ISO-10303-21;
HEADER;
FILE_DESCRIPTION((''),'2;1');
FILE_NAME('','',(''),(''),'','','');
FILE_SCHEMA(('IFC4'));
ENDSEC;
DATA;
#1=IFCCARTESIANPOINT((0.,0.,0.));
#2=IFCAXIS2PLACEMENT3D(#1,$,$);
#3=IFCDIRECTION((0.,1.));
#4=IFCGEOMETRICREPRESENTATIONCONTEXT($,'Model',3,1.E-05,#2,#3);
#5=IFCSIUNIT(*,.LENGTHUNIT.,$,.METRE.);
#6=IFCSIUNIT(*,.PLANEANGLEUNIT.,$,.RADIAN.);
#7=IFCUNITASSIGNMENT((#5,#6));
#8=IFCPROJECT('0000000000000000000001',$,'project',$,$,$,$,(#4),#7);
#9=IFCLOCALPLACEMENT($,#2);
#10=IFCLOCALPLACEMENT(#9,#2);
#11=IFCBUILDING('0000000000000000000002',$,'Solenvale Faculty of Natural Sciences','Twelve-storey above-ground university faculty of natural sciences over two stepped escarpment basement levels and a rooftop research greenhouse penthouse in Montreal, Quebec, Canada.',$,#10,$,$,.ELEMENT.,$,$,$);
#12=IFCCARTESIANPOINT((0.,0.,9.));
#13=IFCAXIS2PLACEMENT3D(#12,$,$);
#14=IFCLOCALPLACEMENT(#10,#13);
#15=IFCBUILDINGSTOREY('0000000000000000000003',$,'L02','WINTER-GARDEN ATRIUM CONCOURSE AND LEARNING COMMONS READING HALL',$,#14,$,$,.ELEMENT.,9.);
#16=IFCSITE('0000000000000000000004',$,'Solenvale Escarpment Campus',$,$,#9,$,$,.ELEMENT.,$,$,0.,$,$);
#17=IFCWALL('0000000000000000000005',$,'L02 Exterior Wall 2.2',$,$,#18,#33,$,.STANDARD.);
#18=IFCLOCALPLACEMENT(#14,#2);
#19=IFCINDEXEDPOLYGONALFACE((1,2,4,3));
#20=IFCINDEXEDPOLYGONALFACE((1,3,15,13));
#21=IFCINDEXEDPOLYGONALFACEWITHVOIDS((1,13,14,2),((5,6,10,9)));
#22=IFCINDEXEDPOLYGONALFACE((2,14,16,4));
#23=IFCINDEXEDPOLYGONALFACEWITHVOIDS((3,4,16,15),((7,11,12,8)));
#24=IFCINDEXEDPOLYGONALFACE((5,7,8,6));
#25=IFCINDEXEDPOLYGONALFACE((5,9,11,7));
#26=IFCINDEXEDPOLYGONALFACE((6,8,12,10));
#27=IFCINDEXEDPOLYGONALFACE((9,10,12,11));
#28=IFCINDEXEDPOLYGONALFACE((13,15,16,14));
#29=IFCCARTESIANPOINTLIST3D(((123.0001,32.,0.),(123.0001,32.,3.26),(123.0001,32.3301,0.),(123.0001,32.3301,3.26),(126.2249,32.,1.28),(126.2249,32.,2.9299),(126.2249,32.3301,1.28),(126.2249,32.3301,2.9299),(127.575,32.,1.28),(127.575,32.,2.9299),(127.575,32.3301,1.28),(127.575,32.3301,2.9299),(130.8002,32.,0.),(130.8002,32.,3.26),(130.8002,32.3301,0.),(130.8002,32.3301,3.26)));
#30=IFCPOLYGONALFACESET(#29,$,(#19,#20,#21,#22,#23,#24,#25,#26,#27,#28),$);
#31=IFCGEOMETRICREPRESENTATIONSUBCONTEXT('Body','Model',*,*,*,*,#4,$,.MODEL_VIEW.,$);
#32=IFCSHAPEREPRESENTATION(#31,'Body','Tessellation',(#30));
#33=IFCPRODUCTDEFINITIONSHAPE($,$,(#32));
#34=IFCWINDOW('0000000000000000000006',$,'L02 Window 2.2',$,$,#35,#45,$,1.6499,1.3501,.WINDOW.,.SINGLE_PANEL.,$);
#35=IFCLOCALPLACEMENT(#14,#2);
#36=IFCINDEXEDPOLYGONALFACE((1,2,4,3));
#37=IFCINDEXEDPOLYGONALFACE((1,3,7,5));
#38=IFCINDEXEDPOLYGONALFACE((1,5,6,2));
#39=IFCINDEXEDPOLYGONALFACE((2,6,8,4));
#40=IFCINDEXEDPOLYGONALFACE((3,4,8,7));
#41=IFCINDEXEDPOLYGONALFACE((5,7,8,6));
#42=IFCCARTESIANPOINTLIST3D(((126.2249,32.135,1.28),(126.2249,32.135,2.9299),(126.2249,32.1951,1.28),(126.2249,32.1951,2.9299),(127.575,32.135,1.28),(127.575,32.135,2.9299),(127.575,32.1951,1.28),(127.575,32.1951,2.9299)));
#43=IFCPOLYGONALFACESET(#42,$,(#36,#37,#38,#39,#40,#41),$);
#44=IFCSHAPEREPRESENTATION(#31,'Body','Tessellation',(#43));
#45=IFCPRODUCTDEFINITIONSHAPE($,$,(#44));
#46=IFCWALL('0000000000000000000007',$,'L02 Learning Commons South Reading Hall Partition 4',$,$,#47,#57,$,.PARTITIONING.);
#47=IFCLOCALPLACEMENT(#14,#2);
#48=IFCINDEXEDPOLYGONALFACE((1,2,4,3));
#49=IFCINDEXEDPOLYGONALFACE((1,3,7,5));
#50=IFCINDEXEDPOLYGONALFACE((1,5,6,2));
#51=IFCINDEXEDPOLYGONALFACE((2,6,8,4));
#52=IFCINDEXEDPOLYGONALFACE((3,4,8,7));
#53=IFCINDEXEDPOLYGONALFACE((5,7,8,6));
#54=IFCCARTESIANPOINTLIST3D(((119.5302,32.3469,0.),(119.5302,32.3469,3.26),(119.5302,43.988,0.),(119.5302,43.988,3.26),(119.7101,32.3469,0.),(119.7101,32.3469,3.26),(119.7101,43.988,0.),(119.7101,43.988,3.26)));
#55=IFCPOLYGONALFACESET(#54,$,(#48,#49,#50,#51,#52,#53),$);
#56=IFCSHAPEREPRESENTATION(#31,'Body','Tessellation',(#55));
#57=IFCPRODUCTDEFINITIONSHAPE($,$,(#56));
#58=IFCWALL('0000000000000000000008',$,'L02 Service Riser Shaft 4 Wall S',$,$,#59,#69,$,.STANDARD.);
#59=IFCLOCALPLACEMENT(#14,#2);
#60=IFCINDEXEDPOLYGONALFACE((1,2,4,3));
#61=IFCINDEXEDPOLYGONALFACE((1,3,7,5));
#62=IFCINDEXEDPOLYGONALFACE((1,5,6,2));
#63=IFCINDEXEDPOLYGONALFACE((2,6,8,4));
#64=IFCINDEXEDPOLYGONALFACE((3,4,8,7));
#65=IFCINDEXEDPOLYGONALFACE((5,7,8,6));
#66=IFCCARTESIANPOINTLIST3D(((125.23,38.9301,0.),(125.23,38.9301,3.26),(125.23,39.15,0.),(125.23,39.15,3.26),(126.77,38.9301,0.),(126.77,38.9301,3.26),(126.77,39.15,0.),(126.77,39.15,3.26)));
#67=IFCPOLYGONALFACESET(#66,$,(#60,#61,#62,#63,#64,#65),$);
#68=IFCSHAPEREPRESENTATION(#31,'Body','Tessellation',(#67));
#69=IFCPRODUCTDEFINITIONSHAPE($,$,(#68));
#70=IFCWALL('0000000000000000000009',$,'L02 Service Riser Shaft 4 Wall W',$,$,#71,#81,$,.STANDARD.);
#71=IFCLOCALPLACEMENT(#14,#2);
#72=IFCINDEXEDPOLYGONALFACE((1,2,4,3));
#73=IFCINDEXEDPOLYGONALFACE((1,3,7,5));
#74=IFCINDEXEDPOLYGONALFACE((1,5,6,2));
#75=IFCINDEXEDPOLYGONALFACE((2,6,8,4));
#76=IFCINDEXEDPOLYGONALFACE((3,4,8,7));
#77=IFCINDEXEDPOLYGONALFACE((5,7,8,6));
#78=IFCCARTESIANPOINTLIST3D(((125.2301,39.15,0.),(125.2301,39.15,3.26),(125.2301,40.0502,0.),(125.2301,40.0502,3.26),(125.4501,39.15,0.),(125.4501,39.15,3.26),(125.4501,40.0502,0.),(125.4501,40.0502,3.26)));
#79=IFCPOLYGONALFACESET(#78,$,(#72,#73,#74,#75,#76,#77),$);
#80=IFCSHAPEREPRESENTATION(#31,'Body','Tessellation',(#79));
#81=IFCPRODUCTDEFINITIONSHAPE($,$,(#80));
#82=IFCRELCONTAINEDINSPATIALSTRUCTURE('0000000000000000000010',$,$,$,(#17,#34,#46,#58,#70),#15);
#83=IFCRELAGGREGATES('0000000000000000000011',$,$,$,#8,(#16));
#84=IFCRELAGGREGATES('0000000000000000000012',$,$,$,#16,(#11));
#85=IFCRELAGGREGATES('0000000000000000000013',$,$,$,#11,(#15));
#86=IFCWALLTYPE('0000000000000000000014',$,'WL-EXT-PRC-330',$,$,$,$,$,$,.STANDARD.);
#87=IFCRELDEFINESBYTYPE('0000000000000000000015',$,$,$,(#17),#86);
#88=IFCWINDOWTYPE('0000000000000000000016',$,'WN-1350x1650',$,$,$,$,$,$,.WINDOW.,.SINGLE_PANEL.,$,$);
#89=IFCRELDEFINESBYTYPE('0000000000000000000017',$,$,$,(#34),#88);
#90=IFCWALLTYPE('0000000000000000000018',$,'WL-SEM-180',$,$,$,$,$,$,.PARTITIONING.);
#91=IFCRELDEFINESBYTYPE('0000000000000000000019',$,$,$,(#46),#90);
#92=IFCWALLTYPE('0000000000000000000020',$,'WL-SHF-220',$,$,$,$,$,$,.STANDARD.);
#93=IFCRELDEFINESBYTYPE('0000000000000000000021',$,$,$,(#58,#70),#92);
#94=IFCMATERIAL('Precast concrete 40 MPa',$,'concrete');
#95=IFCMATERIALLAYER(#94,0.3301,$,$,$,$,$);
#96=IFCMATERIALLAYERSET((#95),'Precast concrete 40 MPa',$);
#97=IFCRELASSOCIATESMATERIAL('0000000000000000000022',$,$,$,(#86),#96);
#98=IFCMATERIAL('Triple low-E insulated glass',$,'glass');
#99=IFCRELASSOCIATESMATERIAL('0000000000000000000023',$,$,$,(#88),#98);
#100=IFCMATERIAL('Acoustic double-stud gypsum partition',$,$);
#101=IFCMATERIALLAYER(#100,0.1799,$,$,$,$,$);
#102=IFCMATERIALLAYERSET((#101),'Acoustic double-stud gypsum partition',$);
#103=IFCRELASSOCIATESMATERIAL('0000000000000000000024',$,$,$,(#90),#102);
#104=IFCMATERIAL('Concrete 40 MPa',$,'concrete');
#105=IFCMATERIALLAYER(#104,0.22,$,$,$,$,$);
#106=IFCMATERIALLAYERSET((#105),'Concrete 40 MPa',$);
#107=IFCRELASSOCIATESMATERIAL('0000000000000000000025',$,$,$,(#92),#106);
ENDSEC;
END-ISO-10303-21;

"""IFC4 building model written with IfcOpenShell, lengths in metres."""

from ifc_helpers import new_model, si_unit, direction, frame, frame_2d, origin, place, context, subcontext, project, spatial, rectangle, extrude, material, layer, layer_set, type_object, element, fill, save


model = new_model("IFC4")

# Units and contexts
model_context = context("Model", 3, precision=1e-05, world=origin(), true_north=direction((0.0, 1.0)))
body_context = subcontext(model_context, "Body", "Model", "MODEL_VIEW")
ifc_project = project(units=[si_unit("LENGTHUNIT", "METRE"), si_unit("PLANEANGLEUNIT", "RADIAN")], contexts=[model_context])

# Site, building, storey
site_placement = place(None, origin())
site = spatial("IfcSite", under=ifc_project, at=site_placement, Name="Solenvale Escarpment Campus", CompositionType="ELEMENT", RefElevation=0.0)
building_placement = place(site_placement, origin())
building = spatial("IfcBuilding", under=site, at=building_placement, Name="Solenvale Faculty of Natural Sciences", Description="Twelve-storey above-ground university faculty of natural sciences over two stepped escarpment basement levels and a rooftop research greenhouse penthouse in Montreal, Quebec, Canada.", CompositionType="ELEMENT")
storey_placement = place(building_placement, frame((0.0, 0.0, 9.0)))
storey = spatial("IfcBuildingStorey", under=building, at=storey_placement, Name="L02", Description="WINTER-GARDEN ATRIUM CONCOURSE AND LEARNING COMMONS READING HALL", CompositionType="ELEMENT", Elevation=9.0)

# Shared definitions
ifc_material_1 = material(Name="Concrete 40 MPa", Category="concrete")

# Wall, opening, window
ifc_material_2 = material(Name="Precast concrete 40 MPa", Category="concrete")
ifc_material_3 = material(Name="Triple low-E insulated glass", Category="glass")
ifc_layer_1 = layer(ifc_material_2, 0.3301)
ifc_layer_set_1 = layer_set([ifc_layer_1], Name="Precast concrete 40 MPa")
wall_type_1 = type_object("IfcWallType", Name="WL-EXT-PRC-330", PredefinedType="STANDARD", material=ifc_layer_set_1)
wall_1_placement = place(storey_placement, frame((130.8, 32.165, 0.0), z_axis=(0.0, 0.0, 1.0), x_axis=(-1.0, 0.0, 0.0)))
wall_1 = element("IfcWall", 1, at=wall_1_placement, inside=storey, type_object=wall_type_1, Name="L02 Exterior Wall 2.2", PredefinedType="STANDARD", context=body_context, shape_type="SweptSolid", body=[
    extrude(rectangle(XDim=7.8, YDim=0.3301, at=frame_2d((3.8999, 0.0))), origin(), (0.0, 0.0, 1.0), 3.26),
])
opening_1_placement = place(wall_1_placement, frame((3.2251, 0.0, 1.28)))
opening_1 = element("IfcOpeningElement", 2, at=opening_1_placement, cuts=wall_1, PredefinedType="OPENING", context=body_context, shape_type="SweptSolid", body=[
    extrude(rectangle(XDim=1.3501, YDim=1.6499, at=frame_2d((0.675, 0.825))), frame((0.0, 0.175, 0.0), z_axis=(0.0, -1.0, 0.0), x_axis=(1.0, 0.0, 0.0)), (0.0, 0.0, 1.0), 0.3501),
])
window_type_1 = type_object("IfcWindowType", Name="WN-1350x1650", PartitioningType="SINGLE_PANEL", PredefinedType="WINDOW", material=ifc_material_3)
window_1_placement = place(opening_1_placement, origin())
window_1 = element("IfcWindow", 3, at=window_1_placement, inside=storey, type_object=window_type_1, Name="L02 Window 2.2", OverallHeight=1.6499, OverallWidth=1.3501, PartitioningType="SINGLE_PANEL", PredefinedType="WINDOW", context=body_context, shape_type="SweptSolid", body=[
    extrude(rectangle(XDim=1.3501, YDim=1.6499, at=frame_2d((0.675, 0.825))), frame((0.0, 0.03, 0.0), z_axis=(0.0, -1.0, 0.0), x_axis=(1.0, 0.0, 0.0)), (0.0, 0.0, 1.0), 0.0601),
])
fill(opening_1, window_1)

# Walls
ifc_material_4 = material(Name="Acoustic double-stud gypsum partition")
ifc_layer_2 = layer(ifc_material_4, 0.1799)
ifc_layer_set_2 = layer_set([ifc_layer_2], Name="Acoustic double-stud gypsum partition")
wall_type_2 = type_object("IfcWallType", Name="WL-SEM-180", PredefinedType="PARTITIONING", material=ifc_layer_set_2)
wall_2_placement = place(storey_placement, frame((119.6201, 32.3469, 0.0), z_axis=(0.0, 0.0, 1.0), x_axis=(0.0, 1.0, 0.0)))
element("IfcWall", 4, at=wall_2_placement, inside=storey, type_object=wall_type_2, Name="L02 Learning Commons South Reading Hall Partition 4", PredefinedType="PARTITIONING", context=body_context, shape_type="SweptSolid", body=[
    extrude(rectangle(XDim=11.6411, YDim=0.1799, at=frame_2d((5.8206, 0.0))), origin(), (0.0, 0.0, 1.0), 3.26),
])
ifc_layer_3 = layer(ifc_material_1, 0.22)
ifc_layer_set_3 = layer_set([ifc_layer_3], Name="Concrete 40 MPa")
wall_type_3 = type_object("IfcWallType", Name="WL-SHF-220", PredefinedType="STANDARD", material=ifc_layer_set_3)
wall_3_placement = place(storey_placement, frame((125.23, 39.04, 0.0), z_axis=(0.0, 0.0, 1.0), x_axis=(1.0, 0.0, 0.0)))
element("IfcWall", 5, at=wall_3_placement, inside=storey, type_object=wall_type_3, Name="L02 Service Riser Shaft 4 Wall S", PredefinedType="STANDARD", context=body_context, shape_type="SweptSolid", body=[
    extrude(rectangle(XDim=1.54, YDim=0.22, at=frame_2d((0.77, 0.0))), origin(), (0.0, 0.0, 1.0), 3.26),
])
wall_4_placement = place(storey_placement, frame((125.3401, 39.1499, 0.0), z_axis=(0.0, 0.0, 1.0), x_axis=(0.0, 1.0, 0.0)))
element("IfcWall", 6, at=wall_4_placement, inside=storey, type_object=wall_type_3, Name="L02 Service Riser Shaft 4 Wall W", PredefinedType="STANDARD", context=body_context, shape_type="SweptSolid", body=[
    extrude(rectangle(XDim=0.9001, YDim=0.22, at=frame_2d((0.4502, 0.0))), origin(), (0.0, 0.0, 1.0), 3.26),
])

save(model, "model.ifc")
